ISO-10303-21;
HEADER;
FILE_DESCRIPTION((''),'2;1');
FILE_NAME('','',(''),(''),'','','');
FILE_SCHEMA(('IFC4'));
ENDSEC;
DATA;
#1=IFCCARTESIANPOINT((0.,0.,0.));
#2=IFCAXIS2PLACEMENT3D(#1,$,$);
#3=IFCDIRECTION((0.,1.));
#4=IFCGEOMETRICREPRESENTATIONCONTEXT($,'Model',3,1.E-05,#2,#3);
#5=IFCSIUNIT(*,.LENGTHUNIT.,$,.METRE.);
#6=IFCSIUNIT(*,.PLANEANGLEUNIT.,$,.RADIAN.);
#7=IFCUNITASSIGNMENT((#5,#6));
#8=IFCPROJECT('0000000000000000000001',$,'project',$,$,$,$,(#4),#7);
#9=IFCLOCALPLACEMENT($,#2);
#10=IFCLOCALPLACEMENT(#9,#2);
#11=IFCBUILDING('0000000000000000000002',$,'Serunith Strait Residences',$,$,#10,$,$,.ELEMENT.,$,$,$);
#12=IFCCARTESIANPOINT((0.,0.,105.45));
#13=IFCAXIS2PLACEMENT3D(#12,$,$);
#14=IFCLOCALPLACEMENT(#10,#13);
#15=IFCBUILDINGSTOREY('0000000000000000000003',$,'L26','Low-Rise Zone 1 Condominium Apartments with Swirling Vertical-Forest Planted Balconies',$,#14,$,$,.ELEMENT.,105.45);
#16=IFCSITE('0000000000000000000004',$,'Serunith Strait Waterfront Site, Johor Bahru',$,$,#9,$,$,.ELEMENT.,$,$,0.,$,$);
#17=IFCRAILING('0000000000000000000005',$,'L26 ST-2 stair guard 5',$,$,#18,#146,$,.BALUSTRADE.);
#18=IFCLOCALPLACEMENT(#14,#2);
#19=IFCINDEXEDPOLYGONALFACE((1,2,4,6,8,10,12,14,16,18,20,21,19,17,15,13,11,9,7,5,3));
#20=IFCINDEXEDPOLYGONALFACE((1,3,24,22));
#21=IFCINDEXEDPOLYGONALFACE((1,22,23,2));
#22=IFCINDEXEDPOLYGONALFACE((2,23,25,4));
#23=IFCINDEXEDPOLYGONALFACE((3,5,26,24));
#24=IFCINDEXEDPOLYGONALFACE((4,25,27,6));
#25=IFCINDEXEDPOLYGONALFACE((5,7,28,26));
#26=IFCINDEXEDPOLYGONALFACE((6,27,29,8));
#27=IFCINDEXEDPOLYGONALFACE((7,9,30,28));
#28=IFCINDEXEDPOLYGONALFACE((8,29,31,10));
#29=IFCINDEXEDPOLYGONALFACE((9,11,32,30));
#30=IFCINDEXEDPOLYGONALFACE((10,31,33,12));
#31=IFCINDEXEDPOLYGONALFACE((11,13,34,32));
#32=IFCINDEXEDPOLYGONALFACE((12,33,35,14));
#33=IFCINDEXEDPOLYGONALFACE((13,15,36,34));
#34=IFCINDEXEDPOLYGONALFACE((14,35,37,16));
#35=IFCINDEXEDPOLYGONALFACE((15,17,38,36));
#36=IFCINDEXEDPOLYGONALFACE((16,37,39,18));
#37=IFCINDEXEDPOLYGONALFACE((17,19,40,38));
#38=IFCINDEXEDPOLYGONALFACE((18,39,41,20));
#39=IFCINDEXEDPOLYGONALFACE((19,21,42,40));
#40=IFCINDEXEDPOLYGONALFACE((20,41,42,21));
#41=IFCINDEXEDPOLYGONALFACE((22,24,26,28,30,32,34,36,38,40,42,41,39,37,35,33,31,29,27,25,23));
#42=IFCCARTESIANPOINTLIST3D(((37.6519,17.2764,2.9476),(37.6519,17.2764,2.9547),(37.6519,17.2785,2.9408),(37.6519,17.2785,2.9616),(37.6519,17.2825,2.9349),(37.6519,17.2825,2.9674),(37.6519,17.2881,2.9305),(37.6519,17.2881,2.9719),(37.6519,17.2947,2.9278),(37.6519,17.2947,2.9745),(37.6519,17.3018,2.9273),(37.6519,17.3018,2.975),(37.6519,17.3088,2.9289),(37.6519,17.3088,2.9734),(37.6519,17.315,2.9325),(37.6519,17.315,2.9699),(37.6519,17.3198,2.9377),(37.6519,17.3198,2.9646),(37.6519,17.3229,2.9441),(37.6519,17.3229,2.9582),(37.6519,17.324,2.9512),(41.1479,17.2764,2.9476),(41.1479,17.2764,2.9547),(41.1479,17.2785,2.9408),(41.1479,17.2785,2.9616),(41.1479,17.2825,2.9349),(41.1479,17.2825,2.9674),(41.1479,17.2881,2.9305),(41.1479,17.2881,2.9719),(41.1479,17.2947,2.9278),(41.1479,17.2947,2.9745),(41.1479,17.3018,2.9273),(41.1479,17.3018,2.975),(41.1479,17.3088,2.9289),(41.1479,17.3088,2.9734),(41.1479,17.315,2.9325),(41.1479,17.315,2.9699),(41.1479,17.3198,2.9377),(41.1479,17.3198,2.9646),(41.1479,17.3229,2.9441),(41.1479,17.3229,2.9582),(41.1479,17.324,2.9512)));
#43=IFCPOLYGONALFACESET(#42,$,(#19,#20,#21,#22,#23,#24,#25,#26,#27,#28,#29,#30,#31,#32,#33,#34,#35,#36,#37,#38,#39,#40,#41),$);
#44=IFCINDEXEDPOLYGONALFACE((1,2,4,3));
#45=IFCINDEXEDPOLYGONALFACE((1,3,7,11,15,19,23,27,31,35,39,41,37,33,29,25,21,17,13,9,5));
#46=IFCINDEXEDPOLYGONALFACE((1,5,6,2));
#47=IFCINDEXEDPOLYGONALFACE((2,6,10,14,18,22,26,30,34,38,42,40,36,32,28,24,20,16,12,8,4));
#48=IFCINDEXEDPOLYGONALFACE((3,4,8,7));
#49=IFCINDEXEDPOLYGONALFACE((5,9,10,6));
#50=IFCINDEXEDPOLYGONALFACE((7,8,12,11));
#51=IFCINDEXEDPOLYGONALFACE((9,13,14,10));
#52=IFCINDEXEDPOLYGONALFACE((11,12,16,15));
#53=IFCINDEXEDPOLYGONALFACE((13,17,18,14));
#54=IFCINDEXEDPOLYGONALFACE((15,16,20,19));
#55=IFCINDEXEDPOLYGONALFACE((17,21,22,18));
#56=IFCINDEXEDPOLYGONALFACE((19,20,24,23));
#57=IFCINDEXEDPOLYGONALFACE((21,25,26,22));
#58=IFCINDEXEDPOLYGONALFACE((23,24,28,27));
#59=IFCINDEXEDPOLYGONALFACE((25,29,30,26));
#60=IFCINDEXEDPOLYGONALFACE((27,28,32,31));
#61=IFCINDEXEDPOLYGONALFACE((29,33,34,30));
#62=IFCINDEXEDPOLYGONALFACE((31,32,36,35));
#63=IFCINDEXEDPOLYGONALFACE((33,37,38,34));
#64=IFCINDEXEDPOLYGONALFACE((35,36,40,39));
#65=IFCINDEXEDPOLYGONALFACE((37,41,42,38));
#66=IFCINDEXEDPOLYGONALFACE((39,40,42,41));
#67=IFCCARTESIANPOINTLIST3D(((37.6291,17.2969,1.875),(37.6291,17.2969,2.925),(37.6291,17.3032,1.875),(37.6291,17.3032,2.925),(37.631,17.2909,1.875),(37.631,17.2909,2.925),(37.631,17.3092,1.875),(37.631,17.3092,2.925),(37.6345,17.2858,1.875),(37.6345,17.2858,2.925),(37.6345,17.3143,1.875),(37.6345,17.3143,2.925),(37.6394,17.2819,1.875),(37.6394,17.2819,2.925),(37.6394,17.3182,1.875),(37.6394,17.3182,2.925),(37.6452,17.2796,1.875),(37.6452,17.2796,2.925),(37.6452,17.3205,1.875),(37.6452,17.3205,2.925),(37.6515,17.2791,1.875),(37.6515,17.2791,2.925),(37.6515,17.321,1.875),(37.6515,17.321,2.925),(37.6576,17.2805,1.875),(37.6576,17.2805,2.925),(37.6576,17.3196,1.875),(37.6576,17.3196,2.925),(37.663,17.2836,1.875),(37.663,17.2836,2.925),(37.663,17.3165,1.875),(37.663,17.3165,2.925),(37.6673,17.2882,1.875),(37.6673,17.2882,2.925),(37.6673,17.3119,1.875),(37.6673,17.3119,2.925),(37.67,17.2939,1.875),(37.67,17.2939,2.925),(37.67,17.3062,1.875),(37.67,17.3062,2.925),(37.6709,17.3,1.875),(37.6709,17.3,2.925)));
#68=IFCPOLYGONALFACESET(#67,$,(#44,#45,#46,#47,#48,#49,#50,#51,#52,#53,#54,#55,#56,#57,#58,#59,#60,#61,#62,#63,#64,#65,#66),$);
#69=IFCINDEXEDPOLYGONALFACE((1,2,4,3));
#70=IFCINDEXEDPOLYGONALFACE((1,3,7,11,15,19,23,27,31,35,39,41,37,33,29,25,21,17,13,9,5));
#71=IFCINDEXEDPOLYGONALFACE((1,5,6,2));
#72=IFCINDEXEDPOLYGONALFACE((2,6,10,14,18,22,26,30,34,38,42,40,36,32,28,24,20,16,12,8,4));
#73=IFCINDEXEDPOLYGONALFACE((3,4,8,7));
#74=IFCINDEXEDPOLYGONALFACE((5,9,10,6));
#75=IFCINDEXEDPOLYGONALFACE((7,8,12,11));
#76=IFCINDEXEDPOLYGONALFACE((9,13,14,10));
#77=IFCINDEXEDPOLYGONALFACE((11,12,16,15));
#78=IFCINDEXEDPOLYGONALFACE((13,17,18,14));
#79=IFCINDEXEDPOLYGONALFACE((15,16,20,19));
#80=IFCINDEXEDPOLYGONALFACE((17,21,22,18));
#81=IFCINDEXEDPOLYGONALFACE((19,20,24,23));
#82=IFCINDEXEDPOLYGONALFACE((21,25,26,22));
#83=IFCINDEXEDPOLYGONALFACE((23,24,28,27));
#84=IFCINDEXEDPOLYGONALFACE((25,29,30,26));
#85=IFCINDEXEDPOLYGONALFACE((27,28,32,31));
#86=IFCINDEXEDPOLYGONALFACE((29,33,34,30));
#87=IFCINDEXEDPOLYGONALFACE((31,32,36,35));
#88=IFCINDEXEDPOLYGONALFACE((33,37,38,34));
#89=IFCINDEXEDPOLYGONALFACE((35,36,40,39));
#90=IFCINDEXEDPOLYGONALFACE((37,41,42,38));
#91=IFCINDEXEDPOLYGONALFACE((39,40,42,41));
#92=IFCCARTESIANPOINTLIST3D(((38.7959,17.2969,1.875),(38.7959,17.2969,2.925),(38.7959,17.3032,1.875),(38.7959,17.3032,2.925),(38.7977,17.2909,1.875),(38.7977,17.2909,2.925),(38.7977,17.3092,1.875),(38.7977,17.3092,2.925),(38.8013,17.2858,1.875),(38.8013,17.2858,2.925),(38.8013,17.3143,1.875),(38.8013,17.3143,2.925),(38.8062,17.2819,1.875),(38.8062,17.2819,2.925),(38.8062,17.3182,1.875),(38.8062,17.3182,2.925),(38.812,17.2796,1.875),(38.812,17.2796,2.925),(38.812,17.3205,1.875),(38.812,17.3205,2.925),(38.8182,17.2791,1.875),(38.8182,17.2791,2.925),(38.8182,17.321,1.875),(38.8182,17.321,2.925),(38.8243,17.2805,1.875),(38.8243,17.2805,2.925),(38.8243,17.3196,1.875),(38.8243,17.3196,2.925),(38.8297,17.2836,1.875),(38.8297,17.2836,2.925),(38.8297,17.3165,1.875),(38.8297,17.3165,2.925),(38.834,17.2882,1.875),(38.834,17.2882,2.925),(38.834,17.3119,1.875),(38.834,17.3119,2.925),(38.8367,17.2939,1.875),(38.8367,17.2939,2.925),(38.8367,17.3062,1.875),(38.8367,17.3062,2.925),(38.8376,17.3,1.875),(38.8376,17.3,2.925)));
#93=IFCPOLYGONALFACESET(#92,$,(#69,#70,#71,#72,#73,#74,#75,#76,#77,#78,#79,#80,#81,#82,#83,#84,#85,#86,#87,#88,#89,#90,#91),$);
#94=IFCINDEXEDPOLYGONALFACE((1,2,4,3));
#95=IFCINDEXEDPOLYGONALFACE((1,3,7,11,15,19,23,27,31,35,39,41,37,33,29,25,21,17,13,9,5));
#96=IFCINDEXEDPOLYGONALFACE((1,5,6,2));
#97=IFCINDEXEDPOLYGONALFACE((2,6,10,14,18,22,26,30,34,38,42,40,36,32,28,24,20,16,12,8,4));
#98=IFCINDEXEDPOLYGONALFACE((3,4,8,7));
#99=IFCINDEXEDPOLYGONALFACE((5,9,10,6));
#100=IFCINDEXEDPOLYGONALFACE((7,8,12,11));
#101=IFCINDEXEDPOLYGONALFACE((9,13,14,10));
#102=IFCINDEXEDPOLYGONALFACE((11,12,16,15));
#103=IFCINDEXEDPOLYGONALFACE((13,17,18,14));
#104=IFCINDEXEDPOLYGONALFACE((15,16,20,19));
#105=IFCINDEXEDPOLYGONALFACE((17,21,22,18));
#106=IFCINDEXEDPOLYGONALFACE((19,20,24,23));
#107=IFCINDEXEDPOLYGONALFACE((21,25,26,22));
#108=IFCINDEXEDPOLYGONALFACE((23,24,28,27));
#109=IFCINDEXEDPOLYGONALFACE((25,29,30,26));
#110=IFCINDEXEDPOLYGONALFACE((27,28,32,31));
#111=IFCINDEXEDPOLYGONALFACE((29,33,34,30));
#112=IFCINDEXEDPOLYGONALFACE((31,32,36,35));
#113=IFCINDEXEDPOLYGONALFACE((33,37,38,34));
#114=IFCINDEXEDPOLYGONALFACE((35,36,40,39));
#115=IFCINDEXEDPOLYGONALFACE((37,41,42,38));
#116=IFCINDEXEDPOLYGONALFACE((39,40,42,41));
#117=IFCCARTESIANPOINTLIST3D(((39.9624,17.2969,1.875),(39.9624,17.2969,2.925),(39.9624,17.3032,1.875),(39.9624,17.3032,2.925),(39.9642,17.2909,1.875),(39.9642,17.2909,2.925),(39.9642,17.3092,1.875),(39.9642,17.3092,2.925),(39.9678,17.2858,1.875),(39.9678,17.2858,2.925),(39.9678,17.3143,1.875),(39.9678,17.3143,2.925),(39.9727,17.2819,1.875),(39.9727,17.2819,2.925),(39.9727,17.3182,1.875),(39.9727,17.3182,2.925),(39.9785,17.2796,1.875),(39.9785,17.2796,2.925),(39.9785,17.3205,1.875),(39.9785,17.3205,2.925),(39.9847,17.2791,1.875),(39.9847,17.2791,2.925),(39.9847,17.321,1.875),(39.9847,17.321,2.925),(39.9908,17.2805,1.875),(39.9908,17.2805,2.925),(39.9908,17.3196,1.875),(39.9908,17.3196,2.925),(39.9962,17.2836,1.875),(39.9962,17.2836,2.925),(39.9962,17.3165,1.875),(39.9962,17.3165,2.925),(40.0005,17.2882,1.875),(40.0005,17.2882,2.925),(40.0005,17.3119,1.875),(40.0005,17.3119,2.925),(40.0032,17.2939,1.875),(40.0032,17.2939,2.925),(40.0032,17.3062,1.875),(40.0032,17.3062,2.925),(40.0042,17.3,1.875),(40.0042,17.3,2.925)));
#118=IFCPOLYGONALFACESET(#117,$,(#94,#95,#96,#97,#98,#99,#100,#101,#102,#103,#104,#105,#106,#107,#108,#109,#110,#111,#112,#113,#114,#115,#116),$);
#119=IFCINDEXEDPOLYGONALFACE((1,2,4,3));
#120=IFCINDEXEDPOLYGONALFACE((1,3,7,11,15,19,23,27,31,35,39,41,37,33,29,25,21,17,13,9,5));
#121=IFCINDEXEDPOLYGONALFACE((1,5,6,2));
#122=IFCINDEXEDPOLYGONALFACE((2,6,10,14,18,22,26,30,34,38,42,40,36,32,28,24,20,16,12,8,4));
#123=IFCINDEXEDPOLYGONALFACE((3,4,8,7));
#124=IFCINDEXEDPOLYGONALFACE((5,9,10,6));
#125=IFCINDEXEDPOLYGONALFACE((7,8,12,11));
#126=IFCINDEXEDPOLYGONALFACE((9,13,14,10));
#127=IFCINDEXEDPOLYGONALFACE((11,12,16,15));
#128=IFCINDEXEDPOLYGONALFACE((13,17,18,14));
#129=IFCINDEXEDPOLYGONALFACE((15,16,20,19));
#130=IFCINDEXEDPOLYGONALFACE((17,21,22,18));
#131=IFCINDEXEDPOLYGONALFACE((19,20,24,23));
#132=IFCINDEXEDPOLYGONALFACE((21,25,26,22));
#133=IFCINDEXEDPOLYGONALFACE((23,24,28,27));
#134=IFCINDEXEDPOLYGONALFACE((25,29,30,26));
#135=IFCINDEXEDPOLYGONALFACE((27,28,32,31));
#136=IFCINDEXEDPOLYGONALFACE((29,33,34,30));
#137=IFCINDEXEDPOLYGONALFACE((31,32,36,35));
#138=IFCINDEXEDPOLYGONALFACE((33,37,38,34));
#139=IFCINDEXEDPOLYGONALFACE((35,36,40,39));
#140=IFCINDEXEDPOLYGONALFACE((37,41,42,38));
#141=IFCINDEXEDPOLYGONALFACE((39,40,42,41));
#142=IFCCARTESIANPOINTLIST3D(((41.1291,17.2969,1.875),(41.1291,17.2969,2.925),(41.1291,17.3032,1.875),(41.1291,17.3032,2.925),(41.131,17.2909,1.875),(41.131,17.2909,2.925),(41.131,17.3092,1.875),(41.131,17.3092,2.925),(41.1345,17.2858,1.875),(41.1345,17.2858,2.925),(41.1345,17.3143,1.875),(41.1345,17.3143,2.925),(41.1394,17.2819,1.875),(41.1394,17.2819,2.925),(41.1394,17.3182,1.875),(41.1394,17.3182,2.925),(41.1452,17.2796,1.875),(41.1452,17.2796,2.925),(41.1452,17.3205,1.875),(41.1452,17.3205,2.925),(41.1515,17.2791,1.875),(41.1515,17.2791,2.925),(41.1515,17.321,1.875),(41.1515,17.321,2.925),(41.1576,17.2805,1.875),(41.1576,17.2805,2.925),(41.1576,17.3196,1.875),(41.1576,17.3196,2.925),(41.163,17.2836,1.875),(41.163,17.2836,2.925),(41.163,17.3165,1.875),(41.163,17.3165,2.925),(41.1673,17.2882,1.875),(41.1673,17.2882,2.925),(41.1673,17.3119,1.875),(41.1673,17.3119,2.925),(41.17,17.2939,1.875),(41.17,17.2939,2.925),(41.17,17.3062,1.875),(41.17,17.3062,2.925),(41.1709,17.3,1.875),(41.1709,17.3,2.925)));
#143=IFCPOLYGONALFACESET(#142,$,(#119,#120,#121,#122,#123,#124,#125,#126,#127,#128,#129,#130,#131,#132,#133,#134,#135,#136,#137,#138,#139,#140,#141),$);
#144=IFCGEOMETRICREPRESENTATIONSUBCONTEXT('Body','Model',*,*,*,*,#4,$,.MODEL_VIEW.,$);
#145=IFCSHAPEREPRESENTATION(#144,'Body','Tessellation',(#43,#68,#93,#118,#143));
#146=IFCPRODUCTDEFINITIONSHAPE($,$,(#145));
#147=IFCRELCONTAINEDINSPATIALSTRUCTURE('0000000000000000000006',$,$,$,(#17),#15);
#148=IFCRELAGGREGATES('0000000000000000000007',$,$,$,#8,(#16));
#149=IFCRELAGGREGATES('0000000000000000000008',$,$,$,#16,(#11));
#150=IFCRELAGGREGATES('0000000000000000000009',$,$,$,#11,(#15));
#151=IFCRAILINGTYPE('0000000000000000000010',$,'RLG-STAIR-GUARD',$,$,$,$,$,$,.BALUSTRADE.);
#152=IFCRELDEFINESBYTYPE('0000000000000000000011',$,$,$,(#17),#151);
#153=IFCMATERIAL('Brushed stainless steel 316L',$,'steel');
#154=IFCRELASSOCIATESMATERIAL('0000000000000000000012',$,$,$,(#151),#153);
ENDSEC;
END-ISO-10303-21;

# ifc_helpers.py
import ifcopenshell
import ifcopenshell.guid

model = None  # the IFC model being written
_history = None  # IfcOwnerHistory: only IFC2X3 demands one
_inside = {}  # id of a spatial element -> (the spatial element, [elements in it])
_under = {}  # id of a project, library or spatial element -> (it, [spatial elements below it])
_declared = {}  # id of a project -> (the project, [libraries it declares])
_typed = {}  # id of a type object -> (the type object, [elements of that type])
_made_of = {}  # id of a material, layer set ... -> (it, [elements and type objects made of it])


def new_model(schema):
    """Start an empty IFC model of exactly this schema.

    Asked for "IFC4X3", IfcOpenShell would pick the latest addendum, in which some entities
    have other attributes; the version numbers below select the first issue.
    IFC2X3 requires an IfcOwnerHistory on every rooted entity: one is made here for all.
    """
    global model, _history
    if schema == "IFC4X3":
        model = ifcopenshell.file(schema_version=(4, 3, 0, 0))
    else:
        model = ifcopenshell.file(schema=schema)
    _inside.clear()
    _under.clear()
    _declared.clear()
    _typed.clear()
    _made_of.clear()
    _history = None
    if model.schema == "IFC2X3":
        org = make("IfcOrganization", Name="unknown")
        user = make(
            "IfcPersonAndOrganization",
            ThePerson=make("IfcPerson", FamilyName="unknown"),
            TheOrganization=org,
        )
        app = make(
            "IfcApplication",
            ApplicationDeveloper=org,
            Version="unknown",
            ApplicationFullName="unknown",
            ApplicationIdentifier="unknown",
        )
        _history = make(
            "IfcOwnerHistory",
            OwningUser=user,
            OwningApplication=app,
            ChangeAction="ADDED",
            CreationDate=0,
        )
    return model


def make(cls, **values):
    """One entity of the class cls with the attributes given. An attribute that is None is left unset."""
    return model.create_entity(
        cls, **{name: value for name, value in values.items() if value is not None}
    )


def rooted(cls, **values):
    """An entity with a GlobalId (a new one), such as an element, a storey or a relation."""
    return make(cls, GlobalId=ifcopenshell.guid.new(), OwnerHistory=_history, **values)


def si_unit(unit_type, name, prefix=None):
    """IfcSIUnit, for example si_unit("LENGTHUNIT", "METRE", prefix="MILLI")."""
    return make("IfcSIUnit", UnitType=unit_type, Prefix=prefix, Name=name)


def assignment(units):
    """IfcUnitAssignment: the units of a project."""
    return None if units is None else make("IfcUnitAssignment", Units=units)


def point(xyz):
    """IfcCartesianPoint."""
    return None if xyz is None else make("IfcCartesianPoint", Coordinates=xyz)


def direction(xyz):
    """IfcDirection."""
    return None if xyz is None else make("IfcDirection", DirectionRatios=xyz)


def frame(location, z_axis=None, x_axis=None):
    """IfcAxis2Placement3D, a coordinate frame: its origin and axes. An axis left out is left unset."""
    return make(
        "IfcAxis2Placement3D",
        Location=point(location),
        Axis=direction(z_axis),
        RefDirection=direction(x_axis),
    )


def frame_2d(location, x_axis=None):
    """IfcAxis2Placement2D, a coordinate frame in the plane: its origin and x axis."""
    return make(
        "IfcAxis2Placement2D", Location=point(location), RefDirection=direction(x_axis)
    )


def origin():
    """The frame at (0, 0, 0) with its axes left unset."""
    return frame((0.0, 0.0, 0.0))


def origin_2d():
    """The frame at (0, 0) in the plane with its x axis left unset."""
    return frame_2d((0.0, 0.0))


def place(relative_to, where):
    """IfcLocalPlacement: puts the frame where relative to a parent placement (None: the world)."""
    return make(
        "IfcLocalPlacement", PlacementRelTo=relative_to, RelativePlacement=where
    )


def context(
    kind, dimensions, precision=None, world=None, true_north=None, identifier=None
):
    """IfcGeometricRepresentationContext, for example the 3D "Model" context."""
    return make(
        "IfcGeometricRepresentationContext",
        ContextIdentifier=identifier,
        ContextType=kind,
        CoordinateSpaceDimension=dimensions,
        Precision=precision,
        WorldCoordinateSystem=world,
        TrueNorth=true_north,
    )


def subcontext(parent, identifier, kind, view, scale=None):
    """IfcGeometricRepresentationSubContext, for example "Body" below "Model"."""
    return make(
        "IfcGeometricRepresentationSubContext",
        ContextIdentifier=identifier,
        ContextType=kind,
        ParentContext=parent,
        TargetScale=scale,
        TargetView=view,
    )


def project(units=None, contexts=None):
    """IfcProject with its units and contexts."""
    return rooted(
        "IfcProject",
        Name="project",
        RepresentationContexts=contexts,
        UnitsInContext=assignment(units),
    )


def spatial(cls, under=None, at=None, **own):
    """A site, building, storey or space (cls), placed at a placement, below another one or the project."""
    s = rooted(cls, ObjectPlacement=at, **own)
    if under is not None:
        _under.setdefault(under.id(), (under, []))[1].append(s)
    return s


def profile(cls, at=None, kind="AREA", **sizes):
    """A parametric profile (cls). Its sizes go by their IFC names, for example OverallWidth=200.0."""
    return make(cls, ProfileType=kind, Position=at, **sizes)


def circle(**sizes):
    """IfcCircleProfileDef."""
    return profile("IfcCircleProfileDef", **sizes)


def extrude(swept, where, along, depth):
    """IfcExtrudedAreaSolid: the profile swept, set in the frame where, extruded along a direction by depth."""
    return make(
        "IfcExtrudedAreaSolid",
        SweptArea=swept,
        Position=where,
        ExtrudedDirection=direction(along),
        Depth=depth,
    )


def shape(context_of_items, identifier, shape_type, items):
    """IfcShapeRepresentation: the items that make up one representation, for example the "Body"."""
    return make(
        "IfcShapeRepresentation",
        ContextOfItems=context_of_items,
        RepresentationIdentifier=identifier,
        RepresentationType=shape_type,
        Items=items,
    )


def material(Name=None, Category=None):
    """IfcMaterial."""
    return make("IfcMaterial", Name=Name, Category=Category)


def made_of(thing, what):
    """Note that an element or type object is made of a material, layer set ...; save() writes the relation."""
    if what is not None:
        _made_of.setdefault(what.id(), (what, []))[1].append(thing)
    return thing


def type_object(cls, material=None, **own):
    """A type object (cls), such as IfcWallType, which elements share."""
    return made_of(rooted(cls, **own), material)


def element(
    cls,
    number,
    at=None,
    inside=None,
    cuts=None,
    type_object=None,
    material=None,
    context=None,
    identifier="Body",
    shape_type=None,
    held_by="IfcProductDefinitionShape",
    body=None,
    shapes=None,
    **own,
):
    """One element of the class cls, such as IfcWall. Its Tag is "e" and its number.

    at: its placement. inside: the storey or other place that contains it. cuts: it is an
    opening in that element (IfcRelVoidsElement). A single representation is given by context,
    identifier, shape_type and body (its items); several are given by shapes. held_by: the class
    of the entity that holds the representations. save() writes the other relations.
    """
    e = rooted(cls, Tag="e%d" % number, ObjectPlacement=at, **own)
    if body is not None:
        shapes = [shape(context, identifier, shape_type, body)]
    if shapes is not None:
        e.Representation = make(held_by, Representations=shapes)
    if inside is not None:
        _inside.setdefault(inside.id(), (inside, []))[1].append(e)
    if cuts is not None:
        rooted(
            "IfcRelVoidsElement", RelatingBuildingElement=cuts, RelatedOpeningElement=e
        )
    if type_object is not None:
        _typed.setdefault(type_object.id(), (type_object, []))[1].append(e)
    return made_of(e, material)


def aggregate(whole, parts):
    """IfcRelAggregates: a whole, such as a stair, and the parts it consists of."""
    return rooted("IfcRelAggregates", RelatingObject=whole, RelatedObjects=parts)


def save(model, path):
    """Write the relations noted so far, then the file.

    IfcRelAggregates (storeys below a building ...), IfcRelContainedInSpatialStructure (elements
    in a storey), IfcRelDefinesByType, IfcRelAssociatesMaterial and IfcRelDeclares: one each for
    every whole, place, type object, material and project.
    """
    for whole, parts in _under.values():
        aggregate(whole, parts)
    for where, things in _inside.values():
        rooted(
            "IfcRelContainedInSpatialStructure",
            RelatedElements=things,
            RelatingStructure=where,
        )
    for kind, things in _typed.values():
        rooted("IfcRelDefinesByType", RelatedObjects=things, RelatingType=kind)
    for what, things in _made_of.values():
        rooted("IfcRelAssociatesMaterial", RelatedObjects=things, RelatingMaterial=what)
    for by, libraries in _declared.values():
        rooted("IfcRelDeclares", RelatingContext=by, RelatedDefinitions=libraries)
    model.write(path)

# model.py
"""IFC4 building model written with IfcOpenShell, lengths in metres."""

from ifc_helpers import new_model, si_unit, direction, frame, origin, origin_2d, place, context, subcontext, project, spatial, circle, extrude, material, type_object, element, save


model = new_model("IFC4")

# Units and contexts
model_context = context("Model", 3, precision=1e-05, world=origin(), true_north=direction((0.0, 1.0)))
body_context = subcontext(model_context, "Body", "Model", "MODEL_VIEW")
ifc_project = project(units=[si_unit("LENGTHUNIT", "METRE"), si_unit("PLANEANGLEUNIT", "RADIAN")], contexts=[model_context])

# Site, building, storey
site_placement = place(None, origin())
site = spatial("IfcSite", under=ifc_project, at=site_placement, Name="Serunith Strait Waterfront Site, Johor Bahru", CompositionType="ELEMENT", RefElevation=0.0)
building_placement = place(site_placement, origin())
building = spatial("IfcBuilding", under=site, at=building_placement, Name="Serunith Strait Residences", CompositionType="ELEMENT")
storey_placement = place(building_placement, frame((0.0, 0.0, 105.45)))
storey = spatial("IfcBuildingStorey", under=building, at=storey_placement, Name="L26", Description="Low-Rise Zone 1 Condominium Apartments with Swirling Vertical-Forest Planted Balconies", CompositionType="ELEMENT", Elevation=105.45)

# Railing
ifc_material_1 = material(Name="Brushed stainless steel 316L", Category="steel")
railing_type_1 = type_object("IfcRailingType", Name="RLG-STAIR-GUARD", PredefinedType="BALUSTRADE", material=ifc_material_1)
railing_1_placement = place(storey_placement, frame((37.6499, 17.3, 1.875)))
element("IfcRailing", 1, at=railing_1_placement, inside=storey, type_object=railing_type_1, Name="L26 ST-2 stair guard 5", PredefinedType="BALUSTRADE", context=body_context, shape_type="SweptSolid", body=[
    extrude(circle(Radius=0.0239, at=origin_2d()), frame((0.002, 0.0, 1.0762), z_axis=(1.0, 0.0, 0.0), x_axis=(0.0, 1.0, 0.0)), (0.0, 0.0, 1.0), 3.4961),
    extrude(circle(Radius=0.021, at=origin_2d()), origin(), (0.0, 0.0, 1.0), 1.05),
    extrude(circle(Radius=0.021, at=origin_2d()), frame((1.1667, 0.0, 0.0)), (0.0, 0.0, 1.0), 1.05),
    extrude(circle(Radius=0.021, at=origin_2d()), frame((2.3333, 0.0, 0.0)), (0.0, 0.0, 1.0), 1.05),
    extrude(circle(Radius=0.021, at=origin_2d()), frame((3.5, 0.0, 0.0)), (0.0, 0.0, 1.0), 1.05),
])

save(model, "model.ifc")
